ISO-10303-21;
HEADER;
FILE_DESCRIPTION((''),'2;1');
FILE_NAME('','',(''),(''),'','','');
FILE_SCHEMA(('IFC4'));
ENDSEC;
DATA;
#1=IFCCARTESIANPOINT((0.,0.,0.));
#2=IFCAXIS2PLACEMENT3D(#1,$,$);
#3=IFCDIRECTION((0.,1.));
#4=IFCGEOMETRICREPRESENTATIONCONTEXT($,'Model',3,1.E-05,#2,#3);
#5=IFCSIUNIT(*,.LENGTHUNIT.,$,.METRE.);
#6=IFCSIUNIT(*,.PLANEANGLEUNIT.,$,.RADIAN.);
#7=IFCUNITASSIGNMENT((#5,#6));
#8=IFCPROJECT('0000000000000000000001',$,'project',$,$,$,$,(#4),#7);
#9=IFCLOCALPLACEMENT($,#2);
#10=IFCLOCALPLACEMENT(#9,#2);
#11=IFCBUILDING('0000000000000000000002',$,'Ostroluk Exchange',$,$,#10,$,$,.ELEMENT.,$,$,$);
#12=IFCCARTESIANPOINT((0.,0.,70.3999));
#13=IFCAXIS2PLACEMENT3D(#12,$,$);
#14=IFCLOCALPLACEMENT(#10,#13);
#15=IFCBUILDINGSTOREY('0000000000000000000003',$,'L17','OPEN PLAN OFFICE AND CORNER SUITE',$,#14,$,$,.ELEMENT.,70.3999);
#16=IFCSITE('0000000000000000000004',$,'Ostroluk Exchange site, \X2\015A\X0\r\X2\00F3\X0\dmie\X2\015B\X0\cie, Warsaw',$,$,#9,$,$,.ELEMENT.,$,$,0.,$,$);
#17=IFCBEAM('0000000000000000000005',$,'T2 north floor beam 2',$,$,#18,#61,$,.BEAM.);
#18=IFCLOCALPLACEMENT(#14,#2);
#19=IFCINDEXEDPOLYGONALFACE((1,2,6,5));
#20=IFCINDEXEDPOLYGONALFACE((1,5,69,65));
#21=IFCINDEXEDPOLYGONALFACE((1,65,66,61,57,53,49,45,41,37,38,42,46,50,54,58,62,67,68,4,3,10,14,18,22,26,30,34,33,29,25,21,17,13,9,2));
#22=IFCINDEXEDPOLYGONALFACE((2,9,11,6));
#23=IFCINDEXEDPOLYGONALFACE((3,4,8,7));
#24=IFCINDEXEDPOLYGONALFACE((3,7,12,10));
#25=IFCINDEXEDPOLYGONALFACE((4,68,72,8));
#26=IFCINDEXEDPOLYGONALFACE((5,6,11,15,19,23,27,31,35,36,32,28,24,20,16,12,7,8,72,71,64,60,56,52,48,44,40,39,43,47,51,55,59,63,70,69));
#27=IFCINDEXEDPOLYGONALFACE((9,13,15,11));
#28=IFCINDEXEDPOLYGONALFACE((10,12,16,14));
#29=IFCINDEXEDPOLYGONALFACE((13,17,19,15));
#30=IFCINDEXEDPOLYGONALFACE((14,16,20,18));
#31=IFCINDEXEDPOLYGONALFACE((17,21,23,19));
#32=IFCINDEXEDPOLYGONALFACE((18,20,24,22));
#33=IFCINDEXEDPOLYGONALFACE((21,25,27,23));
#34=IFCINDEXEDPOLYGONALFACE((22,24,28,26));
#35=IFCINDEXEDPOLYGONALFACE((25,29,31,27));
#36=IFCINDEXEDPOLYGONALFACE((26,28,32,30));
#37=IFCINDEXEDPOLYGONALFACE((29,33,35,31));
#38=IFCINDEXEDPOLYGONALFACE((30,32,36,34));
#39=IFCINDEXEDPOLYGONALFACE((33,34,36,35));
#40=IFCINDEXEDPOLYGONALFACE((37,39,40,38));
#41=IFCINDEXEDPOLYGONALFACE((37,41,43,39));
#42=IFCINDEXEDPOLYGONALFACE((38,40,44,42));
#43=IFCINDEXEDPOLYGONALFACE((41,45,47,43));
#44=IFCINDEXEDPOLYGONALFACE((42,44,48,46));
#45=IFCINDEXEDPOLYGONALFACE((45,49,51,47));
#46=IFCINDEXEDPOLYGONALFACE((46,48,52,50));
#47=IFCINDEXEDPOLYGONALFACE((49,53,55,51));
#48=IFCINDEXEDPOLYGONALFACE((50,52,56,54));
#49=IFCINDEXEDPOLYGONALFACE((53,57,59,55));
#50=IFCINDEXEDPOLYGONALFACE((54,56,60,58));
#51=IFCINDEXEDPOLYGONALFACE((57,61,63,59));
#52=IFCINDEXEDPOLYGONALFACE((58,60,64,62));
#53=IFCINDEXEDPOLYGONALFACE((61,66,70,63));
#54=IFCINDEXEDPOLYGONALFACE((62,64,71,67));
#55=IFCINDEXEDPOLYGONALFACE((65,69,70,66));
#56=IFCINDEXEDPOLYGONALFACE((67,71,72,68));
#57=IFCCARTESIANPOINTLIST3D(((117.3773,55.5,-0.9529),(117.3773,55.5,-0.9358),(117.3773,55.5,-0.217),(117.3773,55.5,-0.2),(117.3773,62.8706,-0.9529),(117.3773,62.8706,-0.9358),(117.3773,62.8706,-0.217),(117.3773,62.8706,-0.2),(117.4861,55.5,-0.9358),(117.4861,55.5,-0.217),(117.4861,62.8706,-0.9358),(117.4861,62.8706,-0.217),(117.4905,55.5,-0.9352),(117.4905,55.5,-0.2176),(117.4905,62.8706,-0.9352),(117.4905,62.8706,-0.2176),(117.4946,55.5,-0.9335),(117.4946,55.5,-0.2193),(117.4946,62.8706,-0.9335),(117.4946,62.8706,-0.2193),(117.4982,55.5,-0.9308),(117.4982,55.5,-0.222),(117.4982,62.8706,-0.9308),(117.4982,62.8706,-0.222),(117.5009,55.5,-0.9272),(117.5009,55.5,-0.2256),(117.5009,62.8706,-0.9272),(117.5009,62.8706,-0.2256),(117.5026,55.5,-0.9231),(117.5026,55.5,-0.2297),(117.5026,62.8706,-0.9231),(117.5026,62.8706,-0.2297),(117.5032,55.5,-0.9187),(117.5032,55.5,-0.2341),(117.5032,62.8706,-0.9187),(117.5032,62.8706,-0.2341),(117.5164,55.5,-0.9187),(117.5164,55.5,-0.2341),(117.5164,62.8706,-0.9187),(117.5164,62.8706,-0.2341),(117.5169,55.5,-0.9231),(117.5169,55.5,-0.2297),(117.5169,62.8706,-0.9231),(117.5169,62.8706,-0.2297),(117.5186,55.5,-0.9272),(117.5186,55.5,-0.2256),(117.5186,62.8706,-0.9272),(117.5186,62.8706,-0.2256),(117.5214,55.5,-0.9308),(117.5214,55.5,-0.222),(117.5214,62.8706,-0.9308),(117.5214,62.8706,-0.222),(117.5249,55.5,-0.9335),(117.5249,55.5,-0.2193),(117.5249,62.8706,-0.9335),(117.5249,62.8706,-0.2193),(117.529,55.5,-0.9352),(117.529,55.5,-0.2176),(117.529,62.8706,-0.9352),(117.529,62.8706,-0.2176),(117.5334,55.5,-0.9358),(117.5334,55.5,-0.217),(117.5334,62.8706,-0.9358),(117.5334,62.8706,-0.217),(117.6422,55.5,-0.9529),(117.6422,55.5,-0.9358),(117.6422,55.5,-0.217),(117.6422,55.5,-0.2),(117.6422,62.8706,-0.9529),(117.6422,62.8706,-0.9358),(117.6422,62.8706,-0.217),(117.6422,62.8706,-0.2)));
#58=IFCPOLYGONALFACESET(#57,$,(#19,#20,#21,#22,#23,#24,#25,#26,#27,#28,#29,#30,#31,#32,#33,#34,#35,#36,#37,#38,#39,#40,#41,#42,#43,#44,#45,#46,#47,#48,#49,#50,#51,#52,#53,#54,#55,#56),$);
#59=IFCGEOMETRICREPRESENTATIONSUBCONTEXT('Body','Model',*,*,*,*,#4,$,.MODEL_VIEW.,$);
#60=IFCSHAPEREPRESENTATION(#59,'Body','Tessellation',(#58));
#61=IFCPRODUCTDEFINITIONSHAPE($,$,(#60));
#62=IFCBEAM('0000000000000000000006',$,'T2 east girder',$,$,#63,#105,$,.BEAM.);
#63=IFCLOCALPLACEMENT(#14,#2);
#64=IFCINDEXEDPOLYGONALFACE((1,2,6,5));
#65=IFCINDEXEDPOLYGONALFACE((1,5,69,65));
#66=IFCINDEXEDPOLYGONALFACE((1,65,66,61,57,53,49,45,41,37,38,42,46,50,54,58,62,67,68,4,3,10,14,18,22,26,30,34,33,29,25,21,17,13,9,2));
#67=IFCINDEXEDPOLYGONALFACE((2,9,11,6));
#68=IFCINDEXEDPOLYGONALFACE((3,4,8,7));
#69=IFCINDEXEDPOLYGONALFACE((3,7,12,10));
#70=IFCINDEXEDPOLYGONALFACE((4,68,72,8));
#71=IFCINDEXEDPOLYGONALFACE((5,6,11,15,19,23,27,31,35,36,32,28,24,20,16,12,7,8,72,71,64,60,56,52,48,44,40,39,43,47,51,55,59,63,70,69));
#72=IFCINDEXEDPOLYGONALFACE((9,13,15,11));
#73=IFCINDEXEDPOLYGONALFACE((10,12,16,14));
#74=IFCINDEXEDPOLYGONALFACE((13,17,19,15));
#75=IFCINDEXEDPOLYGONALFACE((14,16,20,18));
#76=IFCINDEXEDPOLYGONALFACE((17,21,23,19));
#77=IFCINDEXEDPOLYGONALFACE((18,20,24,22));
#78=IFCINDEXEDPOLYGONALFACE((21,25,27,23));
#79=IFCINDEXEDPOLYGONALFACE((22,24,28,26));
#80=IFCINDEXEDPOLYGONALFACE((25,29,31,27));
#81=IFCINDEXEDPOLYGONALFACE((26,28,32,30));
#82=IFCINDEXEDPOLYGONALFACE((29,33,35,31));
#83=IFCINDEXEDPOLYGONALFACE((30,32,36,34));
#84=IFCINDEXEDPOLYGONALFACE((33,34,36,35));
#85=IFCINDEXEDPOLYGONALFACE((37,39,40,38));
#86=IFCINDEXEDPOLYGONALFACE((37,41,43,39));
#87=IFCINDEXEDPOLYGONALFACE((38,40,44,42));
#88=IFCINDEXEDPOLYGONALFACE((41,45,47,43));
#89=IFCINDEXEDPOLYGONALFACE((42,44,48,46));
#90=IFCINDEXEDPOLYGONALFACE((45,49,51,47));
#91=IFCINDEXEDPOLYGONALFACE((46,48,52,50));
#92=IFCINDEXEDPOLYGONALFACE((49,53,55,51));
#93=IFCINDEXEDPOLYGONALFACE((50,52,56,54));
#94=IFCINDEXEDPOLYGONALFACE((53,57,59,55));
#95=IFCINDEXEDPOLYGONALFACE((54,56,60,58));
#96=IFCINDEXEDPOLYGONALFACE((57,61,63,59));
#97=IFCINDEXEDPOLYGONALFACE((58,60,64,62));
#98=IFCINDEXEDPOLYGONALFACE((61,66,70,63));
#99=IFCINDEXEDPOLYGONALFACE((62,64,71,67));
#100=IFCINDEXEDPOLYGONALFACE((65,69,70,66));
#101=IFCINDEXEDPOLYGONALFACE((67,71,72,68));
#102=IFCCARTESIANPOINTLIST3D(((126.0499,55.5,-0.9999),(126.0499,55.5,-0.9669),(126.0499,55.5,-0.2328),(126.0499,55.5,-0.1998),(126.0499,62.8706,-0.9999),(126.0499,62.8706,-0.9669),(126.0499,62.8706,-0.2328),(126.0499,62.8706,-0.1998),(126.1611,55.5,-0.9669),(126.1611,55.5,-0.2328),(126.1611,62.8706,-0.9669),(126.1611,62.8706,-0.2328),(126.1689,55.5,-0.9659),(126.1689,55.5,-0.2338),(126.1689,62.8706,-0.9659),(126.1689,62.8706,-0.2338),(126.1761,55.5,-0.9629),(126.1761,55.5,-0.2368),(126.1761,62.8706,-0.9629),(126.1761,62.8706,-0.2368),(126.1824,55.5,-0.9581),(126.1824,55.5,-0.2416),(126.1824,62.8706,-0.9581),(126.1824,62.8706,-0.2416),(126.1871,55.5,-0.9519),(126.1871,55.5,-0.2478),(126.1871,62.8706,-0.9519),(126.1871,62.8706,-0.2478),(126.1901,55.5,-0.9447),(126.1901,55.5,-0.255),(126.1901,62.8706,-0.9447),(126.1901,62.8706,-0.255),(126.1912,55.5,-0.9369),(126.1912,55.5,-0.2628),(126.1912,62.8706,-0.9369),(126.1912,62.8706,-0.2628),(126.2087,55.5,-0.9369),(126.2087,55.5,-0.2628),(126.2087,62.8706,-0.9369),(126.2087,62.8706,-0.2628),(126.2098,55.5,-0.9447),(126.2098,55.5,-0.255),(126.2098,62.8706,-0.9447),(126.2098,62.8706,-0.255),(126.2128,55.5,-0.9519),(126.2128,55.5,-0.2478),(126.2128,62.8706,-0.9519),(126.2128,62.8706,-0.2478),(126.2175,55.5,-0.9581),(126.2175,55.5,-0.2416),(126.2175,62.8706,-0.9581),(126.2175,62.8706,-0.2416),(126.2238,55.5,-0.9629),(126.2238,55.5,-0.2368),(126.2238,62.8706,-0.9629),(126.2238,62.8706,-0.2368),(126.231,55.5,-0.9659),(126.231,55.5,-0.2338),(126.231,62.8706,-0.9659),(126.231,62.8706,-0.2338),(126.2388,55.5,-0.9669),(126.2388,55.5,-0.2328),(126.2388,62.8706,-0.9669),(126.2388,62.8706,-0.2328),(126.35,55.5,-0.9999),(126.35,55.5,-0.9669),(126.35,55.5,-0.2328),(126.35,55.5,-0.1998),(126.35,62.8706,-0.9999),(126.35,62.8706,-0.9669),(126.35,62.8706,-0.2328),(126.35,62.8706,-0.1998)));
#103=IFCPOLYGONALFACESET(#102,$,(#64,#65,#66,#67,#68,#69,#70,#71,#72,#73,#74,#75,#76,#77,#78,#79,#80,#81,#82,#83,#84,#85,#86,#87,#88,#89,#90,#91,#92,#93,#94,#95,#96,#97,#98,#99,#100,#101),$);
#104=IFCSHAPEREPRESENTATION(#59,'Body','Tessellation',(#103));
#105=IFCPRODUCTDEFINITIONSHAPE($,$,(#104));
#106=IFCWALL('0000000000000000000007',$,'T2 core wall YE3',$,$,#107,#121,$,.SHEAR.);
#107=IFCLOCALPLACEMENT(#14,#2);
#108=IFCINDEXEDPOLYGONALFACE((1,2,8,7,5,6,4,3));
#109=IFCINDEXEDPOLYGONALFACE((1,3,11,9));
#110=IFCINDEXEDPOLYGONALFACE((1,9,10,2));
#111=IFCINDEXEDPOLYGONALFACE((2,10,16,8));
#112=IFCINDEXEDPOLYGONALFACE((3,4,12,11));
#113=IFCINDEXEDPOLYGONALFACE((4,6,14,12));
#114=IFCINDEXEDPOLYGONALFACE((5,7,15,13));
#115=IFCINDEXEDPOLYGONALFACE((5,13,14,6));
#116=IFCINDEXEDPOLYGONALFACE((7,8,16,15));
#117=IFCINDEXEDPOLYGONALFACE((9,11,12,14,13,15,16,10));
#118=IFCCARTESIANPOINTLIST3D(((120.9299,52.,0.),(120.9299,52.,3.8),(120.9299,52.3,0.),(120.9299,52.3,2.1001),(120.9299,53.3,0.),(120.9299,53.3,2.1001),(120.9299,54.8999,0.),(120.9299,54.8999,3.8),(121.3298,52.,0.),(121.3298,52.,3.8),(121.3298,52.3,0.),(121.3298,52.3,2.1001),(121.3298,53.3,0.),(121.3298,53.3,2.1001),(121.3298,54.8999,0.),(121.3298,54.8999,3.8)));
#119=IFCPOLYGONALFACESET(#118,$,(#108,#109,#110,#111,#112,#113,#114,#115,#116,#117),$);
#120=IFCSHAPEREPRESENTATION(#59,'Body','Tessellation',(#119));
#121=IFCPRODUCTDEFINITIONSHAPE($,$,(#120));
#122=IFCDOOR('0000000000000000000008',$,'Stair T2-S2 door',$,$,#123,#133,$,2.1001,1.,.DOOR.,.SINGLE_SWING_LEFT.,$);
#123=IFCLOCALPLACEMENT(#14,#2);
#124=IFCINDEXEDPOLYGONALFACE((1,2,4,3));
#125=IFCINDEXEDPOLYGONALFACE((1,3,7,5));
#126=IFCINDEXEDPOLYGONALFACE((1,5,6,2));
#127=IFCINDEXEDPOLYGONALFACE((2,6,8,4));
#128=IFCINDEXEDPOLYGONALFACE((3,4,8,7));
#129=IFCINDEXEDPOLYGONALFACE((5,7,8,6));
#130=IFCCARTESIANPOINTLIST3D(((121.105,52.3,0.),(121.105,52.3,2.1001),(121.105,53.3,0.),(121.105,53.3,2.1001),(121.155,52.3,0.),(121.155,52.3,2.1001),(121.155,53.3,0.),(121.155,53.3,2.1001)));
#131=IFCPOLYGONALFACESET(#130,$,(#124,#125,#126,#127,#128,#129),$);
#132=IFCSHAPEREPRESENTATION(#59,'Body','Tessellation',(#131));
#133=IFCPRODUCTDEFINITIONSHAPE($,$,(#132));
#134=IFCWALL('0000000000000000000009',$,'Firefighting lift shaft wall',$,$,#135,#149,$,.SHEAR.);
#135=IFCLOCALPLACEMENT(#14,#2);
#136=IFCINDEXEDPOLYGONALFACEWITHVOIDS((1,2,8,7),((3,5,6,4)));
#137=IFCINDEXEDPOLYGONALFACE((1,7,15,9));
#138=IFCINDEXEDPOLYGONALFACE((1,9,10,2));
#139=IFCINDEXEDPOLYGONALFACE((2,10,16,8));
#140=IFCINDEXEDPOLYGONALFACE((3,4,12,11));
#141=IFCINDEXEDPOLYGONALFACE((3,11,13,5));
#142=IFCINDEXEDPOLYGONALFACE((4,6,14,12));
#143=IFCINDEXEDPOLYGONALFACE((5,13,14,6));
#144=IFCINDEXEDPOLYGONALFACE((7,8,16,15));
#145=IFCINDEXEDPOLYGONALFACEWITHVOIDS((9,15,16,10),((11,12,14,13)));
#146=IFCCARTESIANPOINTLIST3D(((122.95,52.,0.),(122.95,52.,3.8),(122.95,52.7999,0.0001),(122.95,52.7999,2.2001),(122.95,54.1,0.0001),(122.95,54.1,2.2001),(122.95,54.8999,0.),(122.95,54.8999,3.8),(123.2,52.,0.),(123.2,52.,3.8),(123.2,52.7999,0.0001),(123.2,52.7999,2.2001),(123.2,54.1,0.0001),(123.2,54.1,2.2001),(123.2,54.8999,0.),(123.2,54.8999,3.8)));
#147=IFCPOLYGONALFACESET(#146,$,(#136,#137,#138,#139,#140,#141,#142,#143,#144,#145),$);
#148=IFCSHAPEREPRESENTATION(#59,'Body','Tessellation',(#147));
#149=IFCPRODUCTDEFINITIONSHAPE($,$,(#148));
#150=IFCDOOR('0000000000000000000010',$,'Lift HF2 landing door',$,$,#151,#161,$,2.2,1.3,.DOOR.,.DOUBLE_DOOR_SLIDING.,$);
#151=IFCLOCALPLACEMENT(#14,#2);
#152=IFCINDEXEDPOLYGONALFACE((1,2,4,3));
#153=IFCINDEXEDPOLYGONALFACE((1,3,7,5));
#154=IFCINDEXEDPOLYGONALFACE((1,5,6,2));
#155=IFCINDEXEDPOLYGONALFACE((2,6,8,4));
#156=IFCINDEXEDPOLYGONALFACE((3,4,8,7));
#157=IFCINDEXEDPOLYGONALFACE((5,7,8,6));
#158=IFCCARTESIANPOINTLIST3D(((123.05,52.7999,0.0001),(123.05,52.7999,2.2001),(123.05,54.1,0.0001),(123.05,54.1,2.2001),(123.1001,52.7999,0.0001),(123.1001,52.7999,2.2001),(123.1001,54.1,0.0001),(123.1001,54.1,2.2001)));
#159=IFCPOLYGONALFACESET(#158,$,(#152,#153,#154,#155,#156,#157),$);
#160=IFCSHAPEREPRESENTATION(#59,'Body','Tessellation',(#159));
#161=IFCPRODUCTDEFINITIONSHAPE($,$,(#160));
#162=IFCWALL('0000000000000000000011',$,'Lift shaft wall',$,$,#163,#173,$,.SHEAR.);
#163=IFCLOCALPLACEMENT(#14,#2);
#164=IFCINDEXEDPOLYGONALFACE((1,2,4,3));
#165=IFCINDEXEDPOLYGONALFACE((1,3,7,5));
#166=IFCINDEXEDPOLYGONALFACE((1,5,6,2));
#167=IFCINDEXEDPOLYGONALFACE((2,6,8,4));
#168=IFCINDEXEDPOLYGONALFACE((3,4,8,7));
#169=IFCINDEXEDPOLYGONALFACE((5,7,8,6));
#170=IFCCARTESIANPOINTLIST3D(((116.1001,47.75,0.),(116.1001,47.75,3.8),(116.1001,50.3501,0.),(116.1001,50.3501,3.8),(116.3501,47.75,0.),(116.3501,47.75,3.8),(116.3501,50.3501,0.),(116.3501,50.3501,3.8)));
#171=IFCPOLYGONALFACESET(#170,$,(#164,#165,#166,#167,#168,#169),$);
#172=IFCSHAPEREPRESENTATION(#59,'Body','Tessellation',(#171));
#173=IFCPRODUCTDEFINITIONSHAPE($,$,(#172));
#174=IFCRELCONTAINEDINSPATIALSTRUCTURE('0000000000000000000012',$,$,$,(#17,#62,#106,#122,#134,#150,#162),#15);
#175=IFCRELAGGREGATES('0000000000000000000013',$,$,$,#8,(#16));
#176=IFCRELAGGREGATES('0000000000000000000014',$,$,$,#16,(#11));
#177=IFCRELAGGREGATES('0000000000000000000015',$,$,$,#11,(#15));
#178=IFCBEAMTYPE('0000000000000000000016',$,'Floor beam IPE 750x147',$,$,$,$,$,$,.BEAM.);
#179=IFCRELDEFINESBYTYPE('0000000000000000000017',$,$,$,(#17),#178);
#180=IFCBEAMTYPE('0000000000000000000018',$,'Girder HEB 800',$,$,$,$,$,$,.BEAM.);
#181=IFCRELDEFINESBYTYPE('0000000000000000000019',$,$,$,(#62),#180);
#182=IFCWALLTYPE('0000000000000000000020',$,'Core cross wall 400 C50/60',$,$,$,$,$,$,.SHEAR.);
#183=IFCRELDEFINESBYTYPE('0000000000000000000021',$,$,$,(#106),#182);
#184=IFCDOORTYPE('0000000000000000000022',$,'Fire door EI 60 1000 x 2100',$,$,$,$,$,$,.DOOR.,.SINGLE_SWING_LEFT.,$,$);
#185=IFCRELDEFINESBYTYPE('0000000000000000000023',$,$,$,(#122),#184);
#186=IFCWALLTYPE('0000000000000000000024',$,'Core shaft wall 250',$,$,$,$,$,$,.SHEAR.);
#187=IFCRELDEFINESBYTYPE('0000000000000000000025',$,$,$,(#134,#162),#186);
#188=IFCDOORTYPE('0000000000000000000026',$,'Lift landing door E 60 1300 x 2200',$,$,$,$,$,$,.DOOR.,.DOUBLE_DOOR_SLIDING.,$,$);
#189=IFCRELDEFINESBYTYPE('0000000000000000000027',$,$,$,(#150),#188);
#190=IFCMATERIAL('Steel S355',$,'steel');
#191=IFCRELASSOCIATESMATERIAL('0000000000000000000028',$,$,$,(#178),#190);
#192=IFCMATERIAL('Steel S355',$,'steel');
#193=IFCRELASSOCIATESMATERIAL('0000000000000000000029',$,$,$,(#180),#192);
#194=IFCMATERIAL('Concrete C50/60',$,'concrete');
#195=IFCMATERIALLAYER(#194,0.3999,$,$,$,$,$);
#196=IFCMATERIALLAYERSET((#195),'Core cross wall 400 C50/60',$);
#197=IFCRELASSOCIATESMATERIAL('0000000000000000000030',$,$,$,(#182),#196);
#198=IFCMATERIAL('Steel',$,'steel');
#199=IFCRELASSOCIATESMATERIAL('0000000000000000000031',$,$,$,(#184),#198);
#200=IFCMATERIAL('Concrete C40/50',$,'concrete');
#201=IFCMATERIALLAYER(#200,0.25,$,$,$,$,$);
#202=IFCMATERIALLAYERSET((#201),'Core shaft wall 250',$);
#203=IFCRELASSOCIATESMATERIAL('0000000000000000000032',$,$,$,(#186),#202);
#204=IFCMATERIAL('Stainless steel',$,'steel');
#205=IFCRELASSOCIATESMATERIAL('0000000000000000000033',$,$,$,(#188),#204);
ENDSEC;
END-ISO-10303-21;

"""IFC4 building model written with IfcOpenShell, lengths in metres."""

from ifc_helpers import new_model, si_unit, direction, frame, frame_2d, origin, origin_2d, place, context, subcontext, project, spatial, rectangle, i_section, extrude, material, layer, layer_set, material_profile, profile_set, type_object, element, fill, save


model = new_model("IFC4")

# Units and contexts
model_context = context("Model", 3, precision=1e-05, world=origin(), true_north=direction((0.0, 1.0)))
body_context = subcontext(model_context, "Body", "Model", "MODEL_VIEW")
ifc_project = project(units=[si_unit("LENGTHUNIT", "METRE"), si_unit("PLANEANGLEUNIT", "RADIAN")], contexts=[model_context])

# Site, building, storey
site_placement = place(None, origin())
site = spatial("IfcSite", under=ifc_project, at=site_placement, Name="Ostroluk Exchange site, Śródmieście, Warsaw", CompositionType="ELEMENT", RefElevation=0.0)
building_placement = place(site_placement, origin())
building = spatial("IfcBuilding", under=site, at=building_placement, Name="Ostroluk Exchange", CompositionType="ELEMENT")
storey_placement = place(building_placement, frame((0.0, 0.0, 70.3999)))
storey = spatial("IfcBuildingStorey", under=building, at=storey_placement, Name="L17", Description="OPEN PLAN OFFICE AND CORNER SUITE", CompositionType="ELEMENT", Elevation=70.3999)

# Beams
ifc_material_1 = material(Name="Steel S355", Category="steel")
ifc_material_profile_1 = material_profile(ifc_material_1, i_section(OverallWidth=0.2649, OverallDepth=0.7529, WebThickness=0.0132, FlangeThickness=0.0171, FilletRadius=0.0171, at=origin_2d()), Name="IPE 750x147")
ifc_profile_set_1 = profile_set([ifc_material_profile_1], Name="Steel S355")
beam_type_1 = type_object("IfcBeamType", Name="Floor beam IPE 750x147", PredefinedType="BEAM", material=ifc_profile_set_1)
for number, where, z_axis, x_axis, name in (
    (1, (117.5098, 55.5, -0.5764), (0.0, 1.0, 0.0), (-1.0, 0.0, 0.0), "T2 north floor beam 2"),
):
    element("IfcBeam", number, at=place(storey_placement, frame(where, z_axis=z_axis, x_axis=x_axis)), inside=storey, type_object=beam_type_1, Name=name, PredefinedType="BEAM", context=body_context, shape_type="SweptSolid", body=[
        extrude(i_section(OverallWidth=0.2649, OverallDepth=0.7529, WebThickness=0.0132, FlangeThickness=0.0171, FilletRadius=0.0171, at=origin_2d()), origin(), (0.0, 0.0, 1.0), 7.3706),
    ])
ifc_material_2 = material(Name="Steel S355", Category="steel")
ifc_material_profile_2 = material_profile(ifc_material_2, i_section(OverallWidth=0.3, OverallDepth=0.8, WebThickness=0.0176, FlangeThickness=0.033, FilletRadius=0.03, at=origin_2d()), Name="HEB 800")
ifc_profile_set_2 = profile_set([ifc_material_profile_2], Name="Steel S355")
beam_type_2 = type_object("IfcBeamType", Name="Girder HEB 800", PredefinedType="BEAM", material=ifc_profile_set_2)
beam_1_placement = place(storey_placement, frame((126.2, 55.5, -0.5999), z_axis=(0.0, 1.0, 0.0), x_axis=(-1.0, 0.0, 0.0)))
element("IfcBeam", 2, at=beam_1_placement, inside=storey, type_object=beam_type_2, Name="T2 east girder", PredefinedType="BEAM", context=body_context, shape_type="SweptSolid", body=[
    extrude(i_section(OverallWidth=0.3, OverallDepth=0.8, WebThickness=0.0176, FlangeThickness=0.033, FilletRadius=0.03, at=origin_2d()), origin(), (0.0, 0.0, 1.0), 7.3706),
])

# Walls, openings, doors
ifc_material_3 = material(Name="Concrete C50/60", Category="concrete")
ifc_layer_1 = layer(ifc_material_3, 0.3999)
ifc_layer_set_1 = layer_set([ifc_layer_1], Name="Core cross wall 400 C50/60")
wall_type_1 = type_object("IfcWallType", Name="Core cross wall 400 C50/60", PredefinedType="SHEAR", material=ifc_layer_set_1)
wall_1_placement = place(storey_placement, frame((121.1299, 52.0, 0.0), z_axis=(0.0, 0.0, 1.0), x_axis=(0.0, 1.0, 0.0)))
wall_1 = element("IfcWall", 3, at=wall_1_placement, inside=storey, type_object=wall_type_1, Name="T2 core wall YE3", PredefinedType="SHEAR", context=body_context, shape_type="SweptSolid", body=[
    extrude(rectangle(XDim=2.8999, YDim=0.3999, at=frame_2d((1.45, 0.0))), origin(), (0.0, 0.0, 1.0), 3.8),
])
opening_1_placement = place(wall_1_placement, frame((0.3, 0.0, 0.0)))
opening_1 = element("IfcOpeningElement", 4, at=opening_1_placement, cuts=wall_1, PredefinedType="OPENING", context=body_context, shape_type="SweptSolid", body=[
    extrude(rectangle(XDim=1.0, YDim=2.1001, at=frame_2d((0.5, 1.05))), frame((0.0, 0.21, 0.0), z_axis=(0.0, -1.0, 0.0), x_axis=(1.0, 0.0, 0.0)), (0.0, 0.0, 1.0), 0.4199),
])
ifc_material_4 = material(Name="Steel", Category="steel")
door_type_1 = type_object("IfcDoorType", Name="Fire door EI 60 1000 x 2100", OperationType="SINGLE_SWING_LEFT", PredefinedType="DOOR", material=ifc_material_4)
door_1_placement = place(opening_1_placement, origin())
door_1 = element("IfcDoor", 5, at=door_1_placement, inside=storey, type_object=door_type_1, Name="Stair T2-S2 door", OperationType="SINGLE_SWING_LEFT", OverallHeight=2.1001, OverallWidth=1.0, PredefinedType="DOOR", context=body_context, shape_type="SweptSolid", body=[
    extrude(rectangle(XDim=1.0, YDim=2.1001, at=frame_2d((0.5, 1.05))), frame((0.0, 0.0249, 0.0), z_axis=(0.0, -1.0, 0.0), x_axis=(1.0, 0.0, 0.0)), (0.0, 0.0, 1.0), 0.05),
])
fill(opening_1, door_1)
ifc_material_5 = material(Name="Concrete C40/50", Category="concrete")
ifc_layer_2 = layer(ifc_material_5, 0.25)
ifc_layer_set_2 = layer_set([ifc_layer_2], Name="Core shaft wall 250")
wall_type_2 = type_object("IfcWallType", Name="Core shaft wall 250", PredefinedType="SHEAR", material=ifc_layer_set_2)
wall_2_placement = place(storey_placement, frame((123.075, 52.0, 0.0), z_axis=(0.0, 0.0, 1.0), x_axis=(0.0, 1.0, 0.0)))
wall_2 = element("IfcWall", 6, at=wall_2_placement, inside=storey, type_object=wall_type_2, Name="Firefighting lift shaft wall", PredefinedType="SHEAR", context=body_context, shape_type="SweptSolid", body=[
    extrude(rectangle(XDim=2.8999, YDim=0.25, at=frame_2d((1.45, 0.0))), origin(), (0.0, 0.0, 1.0), 3.8),
])
opening_2_placement = place(wall_2_placement, frame((0.8, 0.0, 0.0)))
opening_2 = element("IfcOpeningElement", 7, at=opening_2_placement, cuts=wall_2, PredefinedType="OPENING", context=body_context, shape_type="SweptSolid", body=[
    extrude(rectangle(XDim=1.3, YDim=2.2, at=frame_2d((0.6499, 1.1001))), frame((0.0, 0.135, 0.0), z_axis=(0.0, -1.0, 0.0), x_axis=(1.0, 0.0, 0.0)), (0.0, 0.0, 1.0), 0.27),
])
ifc_material_6 = material(Name="Stainless steel", Category="steel")
door_type_2 = type_object("IfcDoorType", Name="Lift landing door E 60 1300 x 2200", OperationType="DOUBLE_DOOR_SLIDING", PredefinedType="DOOR", material=ifc_material_6)
door_2_placement = place(opening_2_placement, origin())
door_2 = element("IfcDoor", 8, at=door_2_placement, inside=storey, type_object=door_type_2, Name="Lift HF2 landing door", OperationType="DOUBLE_DOOR_SLIDING", OverallHeight=2.2, OverallWidth=1.3, PredefinedType="DOOR", context=body_context, shape_type="SweptSolid", body=[
    extrude(rectangle(XDim=1.3, YDim=2.2, at=frame_2d((0.6499, 1.1001))), frame((0.0, 0.0249, 0.0), z_axis=(0.0, -1.0, 0.0), x_axis=(1.0, 0.0, 0.0)), (0.0, 0.0, 1.0), 0.05),
])
fill(opening_2, door_2)

# Wall
for number, where, z_axis, x_axis, name in (
    (9, (116.2251, 47.75, 0.0), (0.0, 0.0, 1.0), (0.0, 1.0, 0.0), "Lift shaft wall"),
):
    element("IfcWall", number, at=place(storey_placement, frame(where, z_axis=z_axis, x_axis=x_axis)), inside=storey, type_object=wall_type_2, Name=name, PredefinedType="SHEAR", context=body_context, shape_type="SweptSolid", body=[
        extrude(rectangle(XDim=2.6001, YDim=0.25, at=frame_2d((1.3, 0.0))), origin(), (0.0, 0.0, 1.0), 3.8),
    ])

save(model, "model.ifc")
